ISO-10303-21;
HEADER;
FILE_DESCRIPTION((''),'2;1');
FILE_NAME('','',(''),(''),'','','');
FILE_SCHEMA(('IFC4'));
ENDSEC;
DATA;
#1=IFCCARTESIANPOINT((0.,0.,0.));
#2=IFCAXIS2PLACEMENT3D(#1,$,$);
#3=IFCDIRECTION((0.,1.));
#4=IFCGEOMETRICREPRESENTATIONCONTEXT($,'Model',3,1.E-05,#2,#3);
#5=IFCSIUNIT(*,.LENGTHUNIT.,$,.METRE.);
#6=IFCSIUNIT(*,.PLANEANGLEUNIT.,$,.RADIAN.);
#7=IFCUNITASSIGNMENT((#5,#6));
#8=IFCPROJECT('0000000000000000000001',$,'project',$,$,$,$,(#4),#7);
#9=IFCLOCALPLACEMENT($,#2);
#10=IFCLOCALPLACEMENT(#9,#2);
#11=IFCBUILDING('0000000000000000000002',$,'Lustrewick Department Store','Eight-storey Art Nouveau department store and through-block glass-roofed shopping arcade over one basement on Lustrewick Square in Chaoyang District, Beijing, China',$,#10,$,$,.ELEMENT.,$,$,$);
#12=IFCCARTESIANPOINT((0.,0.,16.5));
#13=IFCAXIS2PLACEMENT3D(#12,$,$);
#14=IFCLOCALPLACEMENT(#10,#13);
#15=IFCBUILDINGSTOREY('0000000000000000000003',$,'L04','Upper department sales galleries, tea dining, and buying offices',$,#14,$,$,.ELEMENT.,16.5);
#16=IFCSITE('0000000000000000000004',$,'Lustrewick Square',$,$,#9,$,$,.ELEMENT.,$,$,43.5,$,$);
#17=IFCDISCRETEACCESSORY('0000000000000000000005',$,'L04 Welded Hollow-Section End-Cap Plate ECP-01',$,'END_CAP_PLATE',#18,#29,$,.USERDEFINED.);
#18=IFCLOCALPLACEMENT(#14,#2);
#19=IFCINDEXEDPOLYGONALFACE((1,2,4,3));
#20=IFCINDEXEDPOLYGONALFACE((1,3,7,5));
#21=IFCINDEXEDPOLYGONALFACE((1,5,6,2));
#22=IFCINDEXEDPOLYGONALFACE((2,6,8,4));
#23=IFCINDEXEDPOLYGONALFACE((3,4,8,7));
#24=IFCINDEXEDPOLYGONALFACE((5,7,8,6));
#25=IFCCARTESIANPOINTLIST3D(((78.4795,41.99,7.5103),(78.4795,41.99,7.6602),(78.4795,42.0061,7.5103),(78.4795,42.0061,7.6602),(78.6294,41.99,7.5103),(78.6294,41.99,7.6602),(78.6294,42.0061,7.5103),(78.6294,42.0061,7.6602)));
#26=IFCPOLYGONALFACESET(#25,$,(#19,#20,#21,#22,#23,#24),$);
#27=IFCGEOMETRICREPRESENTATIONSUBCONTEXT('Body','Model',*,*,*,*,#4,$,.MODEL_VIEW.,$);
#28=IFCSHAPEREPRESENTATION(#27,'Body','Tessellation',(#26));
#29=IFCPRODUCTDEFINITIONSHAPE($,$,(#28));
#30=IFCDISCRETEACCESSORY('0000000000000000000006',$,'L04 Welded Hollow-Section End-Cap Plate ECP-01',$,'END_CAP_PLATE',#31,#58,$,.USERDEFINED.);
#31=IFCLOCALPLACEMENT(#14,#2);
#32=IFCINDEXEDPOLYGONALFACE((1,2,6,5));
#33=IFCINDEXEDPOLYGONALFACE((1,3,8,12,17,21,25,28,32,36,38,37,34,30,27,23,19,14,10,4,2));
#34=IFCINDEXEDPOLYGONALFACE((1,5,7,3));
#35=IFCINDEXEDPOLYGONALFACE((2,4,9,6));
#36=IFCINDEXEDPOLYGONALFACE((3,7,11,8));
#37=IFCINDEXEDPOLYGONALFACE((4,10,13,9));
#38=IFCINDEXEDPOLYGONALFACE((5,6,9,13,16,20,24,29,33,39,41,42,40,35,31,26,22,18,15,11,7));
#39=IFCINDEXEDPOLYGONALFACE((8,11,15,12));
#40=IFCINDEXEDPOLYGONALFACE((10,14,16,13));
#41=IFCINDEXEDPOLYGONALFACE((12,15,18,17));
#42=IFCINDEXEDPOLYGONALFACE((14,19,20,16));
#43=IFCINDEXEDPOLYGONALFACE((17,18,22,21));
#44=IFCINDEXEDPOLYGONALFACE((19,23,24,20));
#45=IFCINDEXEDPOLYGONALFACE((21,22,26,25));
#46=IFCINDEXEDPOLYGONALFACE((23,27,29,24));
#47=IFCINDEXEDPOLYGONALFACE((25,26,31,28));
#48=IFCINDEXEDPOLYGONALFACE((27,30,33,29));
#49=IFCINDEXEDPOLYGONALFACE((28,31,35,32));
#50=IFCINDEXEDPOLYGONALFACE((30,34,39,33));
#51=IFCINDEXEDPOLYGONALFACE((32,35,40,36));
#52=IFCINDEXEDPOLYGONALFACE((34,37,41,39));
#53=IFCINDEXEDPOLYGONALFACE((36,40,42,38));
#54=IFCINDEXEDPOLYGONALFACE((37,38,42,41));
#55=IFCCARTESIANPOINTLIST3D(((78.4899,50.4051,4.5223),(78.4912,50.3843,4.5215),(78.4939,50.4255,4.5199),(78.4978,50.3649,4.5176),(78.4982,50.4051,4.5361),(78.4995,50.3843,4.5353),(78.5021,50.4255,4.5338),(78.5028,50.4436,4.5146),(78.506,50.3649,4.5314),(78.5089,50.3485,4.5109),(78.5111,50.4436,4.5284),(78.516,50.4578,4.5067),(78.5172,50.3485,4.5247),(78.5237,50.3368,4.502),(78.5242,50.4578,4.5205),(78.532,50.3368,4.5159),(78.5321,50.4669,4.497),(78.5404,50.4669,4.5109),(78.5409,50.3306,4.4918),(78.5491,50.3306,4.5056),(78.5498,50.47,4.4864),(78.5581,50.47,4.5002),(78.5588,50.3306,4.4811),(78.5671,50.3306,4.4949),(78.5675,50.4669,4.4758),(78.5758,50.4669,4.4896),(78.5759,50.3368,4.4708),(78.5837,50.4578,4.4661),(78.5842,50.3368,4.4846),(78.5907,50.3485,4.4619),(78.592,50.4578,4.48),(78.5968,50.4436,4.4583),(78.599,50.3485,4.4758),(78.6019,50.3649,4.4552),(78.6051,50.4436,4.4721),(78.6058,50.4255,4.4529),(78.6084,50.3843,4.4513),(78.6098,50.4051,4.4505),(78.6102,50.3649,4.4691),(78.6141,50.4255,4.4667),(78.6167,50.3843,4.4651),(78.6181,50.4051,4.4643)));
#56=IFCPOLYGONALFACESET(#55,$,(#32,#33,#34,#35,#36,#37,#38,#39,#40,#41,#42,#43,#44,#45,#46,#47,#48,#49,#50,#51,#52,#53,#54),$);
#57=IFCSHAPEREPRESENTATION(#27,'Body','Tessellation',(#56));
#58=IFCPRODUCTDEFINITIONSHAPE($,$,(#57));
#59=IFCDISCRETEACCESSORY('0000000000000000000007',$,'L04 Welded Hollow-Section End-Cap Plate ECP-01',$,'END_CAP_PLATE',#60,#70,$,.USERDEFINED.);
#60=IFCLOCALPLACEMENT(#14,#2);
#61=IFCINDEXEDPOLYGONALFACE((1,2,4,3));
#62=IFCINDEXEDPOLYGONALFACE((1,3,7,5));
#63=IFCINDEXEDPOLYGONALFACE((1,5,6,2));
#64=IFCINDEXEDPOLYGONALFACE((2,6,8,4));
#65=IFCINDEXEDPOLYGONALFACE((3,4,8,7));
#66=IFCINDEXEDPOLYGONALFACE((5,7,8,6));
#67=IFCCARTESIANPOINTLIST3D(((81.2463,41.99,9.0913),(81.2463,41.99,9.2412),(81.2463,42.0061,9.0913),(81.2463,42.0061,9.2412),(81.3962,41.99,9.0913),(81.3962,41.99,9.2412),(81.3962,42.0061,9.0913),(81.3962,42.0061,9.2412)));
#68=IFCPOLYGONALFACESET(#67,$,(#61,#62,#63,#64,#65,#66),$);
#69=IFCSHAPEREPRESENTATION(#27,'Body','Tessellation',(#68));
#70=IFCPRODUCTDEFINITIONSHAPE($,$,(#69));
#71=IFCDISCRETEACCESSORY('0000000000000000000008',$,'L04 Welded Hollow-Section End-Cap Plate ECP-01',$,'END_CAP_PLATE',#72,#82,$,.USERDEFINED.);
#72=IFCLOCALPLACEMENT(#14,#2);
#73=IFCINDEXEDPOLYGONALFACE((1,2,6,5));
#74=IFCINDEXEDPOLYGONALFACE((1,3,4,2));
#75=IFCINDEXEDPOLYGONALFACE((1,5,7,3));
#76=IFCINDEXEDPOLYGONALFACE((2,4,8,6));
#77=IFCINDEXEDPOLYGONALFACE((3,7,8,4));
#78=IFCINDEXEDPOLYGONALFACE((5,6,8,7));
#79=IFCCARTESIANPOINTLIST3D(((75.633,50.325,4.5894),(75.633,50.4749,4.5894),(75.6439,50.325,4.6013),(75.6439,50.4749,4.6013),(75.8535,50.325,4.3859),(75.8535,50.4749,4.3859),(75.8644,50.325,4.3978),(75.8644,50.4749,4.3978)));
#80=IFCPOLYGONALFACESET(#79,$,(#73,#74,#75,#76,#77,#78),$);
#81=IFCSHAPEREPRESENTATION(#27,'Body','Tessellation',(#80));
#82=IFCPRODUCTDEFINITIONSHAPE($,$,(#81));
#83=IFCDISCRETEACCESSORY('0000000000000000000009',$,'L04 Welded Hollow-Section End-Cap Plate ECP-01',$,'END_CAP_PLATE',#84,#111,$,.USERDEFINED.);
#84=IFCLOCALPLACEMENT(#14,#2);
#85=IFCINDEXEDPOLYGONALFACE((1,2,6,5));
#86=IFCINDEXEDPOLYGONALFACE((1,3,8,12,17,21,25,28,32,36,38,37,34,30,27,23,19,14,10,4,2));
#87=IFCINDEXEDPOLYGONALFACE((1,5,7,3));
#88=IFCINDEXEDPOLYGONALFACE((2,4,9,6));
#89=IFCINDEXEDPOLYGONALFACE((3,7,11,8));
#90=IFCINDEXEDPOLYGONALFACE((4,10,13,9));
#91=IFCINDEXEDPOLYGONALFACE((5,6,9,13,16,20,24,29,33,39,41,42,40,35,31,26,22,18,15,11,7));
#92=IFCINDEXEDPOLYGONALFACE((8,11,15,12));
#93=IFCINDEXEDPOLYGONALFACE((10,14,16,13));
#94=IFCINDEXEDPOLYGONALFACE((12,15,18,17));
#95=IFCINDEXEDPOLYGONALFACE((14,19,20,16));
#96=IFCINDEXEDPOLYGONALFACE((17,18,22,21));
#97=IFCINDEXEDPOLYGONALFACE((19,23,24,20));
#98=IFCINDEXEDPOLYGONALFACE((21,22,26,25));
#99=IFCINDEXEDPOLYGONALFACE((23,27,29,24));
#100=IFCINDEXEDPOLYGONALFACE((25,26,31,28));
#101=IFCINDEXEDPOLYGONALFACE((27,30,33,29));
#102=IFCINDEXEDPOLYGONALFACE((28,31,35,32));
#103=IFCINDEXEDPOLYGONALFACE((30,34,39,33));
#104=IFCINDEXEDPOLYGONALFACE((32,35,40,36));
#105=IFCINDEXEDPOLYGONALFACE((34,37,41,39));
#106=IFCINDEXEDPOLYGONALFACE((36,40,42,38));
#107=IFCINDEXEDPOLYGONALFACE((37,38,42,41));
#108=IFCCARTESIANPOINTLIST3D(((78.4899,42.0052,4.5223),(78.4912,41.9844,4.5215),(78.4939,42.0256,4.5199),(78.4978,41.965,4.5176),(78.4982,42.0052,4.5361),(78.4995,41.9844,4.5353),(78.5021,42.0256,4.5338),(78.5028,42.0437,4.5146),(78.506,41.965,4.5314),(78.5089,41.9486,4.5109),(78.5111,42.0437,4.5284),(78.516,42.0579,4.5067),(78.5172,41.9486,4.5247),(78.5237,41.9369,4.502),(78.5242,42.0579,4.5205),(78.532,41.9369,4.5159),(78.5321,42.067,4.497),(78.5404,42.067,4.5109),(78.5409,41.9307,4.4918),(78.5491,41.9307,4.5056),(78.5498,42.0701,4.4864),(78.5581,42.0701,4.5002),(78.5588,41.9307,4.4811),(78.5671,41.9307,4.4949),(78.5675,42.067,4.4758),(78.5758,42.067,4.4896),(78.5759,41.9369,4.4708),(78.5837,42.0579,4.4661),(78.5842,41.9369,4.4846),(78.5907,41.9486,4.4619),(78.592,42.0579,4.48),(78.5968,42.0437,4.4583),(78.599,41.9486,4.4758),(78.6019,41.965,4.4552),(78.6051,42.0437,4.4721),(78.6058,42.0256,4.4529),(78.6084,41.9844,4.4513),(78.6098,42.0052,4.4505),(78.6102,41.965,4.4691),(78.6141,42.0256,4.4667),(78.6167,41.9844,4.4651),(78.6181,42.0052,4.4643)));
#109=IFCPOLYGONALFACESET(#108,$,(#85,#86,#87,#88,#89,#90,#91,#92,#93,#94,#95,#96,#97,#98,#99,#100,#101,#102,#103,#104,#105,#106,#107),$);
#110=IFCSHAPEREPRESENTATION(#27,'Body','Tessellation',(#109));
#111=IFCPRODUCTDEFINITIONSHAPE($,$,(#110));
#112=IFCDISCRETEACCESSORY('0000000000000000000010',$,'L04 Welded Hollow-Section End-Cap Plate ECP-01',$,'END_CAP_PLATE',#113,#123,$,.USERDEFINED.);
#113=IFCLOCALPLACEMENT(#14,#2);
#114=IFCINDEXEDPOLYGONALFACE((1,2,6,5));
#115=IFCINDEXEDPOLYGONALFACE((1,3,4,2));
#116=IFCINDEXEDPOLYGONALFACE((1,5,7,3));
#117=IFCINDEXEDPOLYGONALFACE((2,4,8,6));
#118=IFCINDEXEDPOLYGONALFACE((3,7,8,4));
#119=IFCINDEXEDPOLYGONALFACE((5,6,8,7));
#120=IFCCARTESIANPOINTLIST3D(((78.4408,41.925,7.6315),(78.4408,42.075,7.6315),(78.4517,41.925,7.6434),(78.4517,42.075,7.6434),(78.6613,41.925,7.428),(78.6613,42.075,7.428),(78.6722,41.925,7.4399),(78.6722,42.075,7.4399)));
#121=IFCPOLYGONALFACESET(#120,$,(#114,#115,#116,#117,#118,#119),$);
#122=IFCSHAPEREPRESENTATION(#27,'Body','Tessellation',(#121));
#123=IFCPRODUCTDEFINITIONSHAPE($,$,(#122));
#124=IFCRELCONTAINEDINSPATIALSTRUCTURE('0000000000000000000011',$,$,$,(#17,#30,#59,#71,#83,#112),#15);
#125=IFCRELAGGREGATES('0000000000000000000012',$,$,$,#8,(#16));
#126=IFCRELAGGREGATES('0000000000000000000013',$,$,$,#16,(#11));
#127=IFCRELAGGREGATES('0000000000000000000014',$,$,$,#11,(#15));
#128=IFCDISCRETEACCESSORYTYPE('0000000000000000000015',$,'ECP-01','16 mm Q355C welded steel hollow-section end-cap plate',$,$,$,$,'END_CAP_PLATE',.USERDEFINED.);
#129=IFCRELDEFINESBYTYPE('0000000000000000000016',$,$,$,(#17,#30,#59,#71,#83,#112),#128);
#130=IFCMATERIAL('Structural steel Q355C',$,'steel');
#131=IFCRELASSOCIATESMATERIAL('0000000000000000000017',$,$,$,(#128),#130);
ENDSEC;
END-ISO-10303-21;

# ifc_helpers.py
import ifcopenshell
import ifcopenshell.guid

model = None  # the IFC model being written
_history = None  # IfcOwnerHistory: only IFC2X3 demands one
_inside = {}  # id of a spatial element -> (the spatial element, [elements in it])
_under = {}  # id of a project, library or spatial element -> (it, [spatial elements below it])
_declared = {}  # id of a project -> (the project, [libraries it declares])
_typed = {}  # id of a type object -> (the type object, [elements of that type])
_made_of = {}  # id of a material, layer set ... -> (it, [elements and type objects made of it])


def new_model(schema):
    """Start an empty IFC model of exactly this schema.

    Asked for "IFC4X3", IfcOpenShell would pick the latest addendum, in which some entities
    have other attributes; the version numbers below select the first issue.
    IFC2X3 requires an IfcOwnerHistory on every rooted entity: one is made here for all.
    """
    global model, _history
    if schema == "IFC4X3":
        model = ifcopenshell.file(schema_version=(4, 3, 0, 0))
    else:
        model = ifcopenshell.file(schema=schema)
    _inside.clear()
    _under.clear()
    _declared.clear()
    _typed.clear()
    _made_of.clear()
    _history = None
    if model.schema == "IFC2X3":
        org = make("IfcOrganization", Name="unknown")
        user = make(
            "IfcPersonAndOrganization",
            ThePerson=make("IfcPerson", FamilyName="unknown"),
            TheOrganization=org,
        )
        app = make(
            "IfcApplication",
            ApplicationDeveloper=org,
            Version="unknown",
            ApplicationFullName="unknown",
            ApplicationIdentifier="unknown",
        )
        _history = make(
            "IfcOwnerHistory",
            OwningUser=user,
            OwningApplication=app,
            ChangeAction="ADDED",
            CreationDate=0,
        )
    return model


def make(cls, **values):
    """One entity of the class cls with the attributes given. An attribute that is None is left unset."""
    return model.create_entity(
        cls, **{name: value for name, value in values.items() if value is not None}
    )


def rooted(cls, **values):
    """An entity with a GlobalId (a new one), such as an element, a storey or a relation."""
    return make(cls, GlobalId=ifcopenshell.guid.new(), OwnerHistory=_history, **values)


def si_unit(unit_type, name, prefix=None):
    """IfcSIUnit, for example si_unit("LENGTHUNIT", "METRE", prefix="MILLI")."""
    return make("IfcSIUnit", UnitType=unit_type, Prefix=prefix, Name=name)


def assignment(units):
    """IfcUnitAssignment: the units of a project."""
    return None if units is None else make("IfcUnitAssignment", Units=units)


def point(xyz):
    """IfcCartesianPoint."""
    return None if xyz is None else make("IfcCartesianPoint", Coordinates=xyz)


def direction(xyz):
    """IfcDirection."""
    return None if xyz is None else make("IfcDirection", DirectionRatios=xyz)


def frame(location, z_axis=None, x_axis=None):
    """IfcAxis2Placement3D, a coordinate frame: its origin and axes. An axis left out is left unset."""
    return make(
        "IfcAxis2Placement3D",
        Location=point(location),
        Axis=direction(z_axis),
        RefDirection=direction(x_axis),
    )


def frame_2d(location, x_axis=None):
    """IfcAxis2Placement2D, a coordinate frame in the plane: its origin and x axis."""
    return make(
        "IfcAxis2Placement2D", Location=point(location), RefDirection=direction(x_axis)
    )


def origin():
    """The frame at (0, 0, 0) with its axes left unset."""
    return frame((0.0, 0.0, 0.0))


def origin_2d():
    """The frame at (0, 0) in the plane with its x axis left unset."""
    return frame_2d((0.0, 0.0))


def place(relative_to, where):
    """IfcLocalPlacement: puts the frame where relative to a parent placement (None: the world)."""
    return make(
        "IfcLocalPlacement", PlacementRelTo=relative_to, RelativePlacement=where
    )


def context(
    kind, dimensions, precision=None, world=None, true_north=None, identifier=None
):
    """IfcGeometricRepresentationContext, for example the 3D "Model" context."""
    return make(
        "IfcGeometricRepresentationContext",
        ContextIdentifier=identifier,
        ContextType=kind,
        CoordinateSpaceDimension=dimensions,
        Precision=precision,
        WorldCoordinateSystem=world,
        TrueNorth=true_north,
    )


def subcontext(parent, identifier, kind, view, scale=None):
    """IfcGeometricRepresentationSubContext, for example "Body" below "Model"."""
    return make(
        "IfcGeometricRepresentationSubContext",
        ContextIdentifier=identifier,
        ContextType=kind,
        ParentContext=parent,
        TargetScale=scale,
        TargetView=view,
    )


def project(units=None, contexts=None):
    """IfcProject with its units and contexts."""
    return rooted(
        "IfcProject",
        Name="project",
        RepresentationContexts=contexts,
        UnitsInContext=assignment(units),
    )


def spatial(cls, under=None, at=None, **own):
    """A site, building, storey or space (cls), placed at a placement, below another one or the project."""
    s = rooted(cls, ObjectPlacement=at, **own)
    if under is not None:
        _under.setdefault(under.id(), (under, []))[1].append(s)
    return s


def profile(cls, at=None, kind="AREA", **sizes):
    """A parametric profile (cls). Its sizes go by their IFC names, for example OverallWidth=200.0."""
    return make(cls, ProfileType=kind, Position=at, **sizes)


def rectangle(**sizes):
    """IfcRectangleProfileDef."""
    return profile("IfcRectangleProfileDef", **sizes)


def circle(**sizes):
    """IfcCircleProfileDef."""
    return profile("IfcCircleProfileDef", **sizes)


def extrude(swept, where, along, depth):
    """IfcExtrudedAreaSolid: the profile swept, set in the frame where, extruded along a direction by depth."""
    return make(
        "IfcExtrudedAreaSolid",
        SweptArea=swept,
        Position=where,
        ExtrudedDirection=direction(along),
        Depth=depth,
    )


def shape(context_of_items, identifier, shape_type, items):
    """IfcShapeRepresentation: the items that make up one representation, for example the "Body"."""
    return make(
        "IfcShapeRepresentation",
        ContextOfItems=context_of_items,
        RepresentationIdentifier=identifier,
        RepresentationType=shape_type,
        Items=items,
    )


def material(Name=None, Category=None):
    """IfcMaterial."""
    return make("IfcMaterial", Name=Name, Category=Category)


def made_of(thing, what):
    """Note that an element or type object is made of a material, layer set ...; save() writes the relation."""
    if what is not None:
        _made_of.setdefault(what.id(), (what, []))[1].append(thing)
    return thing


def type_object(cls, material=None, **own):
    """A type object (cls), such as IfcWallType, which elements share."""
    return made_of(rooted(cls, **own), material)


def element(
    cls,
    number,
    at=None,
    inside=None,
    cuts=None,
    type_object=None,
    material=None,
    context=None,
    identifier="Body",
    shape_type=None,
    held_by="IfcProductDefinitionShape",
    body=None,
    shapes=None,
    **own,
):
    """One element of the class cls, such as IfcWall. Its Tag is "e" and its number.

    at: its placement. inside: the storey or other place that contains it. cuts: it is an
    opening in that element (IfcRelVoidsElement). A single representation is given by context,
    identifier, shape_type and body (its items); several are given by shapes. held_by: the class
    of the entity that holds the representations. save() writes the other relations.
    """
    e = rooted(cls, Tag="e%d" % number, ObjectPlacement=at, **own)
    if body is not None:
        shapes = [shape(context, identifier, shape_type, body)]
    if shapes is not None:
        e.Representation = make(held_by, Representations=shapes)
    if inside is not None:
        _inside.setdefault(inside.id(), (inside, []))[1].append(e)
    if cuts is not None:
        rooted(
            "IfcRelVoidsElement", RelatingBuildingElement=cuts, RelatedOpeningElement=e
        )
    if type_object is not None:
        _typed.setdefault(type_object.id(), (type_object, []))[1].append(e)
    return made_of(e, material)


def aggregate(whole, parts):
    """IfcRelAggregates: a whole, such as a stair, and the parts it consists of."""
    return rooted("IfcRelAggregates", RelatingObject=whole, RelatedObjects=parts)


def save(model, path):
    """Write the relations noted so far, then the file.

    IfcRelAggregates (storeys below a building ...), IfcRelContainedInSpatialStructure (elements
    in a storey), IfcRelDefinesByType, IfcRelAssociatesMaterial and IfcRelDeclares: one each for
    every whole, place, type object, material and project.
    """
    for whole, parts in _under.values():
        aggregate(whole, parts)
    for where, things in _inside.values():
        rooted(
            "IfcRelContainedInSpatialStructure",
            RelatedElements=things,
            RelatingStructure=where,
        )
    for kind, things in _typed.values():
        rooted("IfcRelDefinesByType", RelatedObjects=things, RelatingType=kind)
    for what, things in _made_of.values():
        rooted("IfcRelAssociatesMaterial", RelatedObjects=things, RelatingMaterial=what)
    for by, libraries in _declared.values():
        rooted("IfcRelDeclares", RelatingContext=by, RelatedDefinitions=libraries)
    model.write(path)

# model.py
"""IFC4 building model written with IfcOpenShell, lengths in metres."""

from ifc_helpers import new_model, si_unit, direction, frame, origin, origin_2d, place, context, subcontext, project, spatial, rectangle, circle, extrude, material, type_object, element, save


model = new_model("IFC4")

# Units and contexts
model_context = context("Model", 3, precision=1e-05, world=origin(), true_north=direction((0.0, 1.0)))
body_context = subcontext(model_context, "Body", "Model", "MODEL_VIEW")
ifc_project = project(units=[si_unit("LENGTHUNIT", "METRE"), si_unit("PLANEANGLEUNIT", "RADIAN")], contexts=[model_context])

# Site, building, storey
site_placement = place(None, origin())
site = spatial("IfcSite", under=ifc_project, at=site_placement, Name="Lustrewick Square", CompositionType="ELEMENT", RefElevation=43.5)
building_placement = place(site_placement, origin())
building = spatial("IfcBuilding", under=site, at=building_placement, Name="Lustrewick Department Store", Description="Eight-storey Art Nouveau department store and through-block glass-roofed shopping arcade over one basement on Lustrewick Square in Chaoyang District, Beijing, China", CompositionType="ELEMENT")
storey_placement = place(building_placement, frame((0.0, 0.0, 16.5)))
storey = spatial("IfcBuildingStorey", under=building, at=storey_placement, Name="L04", Description="Upper department sales galleries, tea dining, and buying offices", CompositionType="ELEMENT", Elevation=16.5)

# Shared definitions
ifc_material_1 = material(Name="Structural steel Q355C", Category="steel")

# Discrete accessories
discrete_accessory_type = type_object("IfcDiscreteAccessoryType", Name="ECP-01", Description="16 mm Q355C welded steel hollow-section end-cap plate", ElementType="END_CAP_PLATE", PredefinedType="USERDEFINED", material=ifc_material_1)
discrete_accessory_1_placement = place(storey_placement, frame((78.5544, 42.0061, 7.5852), z_axis=(0.0, -1.0, 0.0), x_axis=(-1.0, 0.0, 0.0)))
element("IfcDiscreteAccessory", 1, at=discrete_accessory_1_placement, inside=storey, type_object=discrete_accessory_type, Name="L04 Welded Hollow-Section End-Cap Plate ECP-01", ObjectType="END_CAP_PLATE", PredefinedType="USERDEFINED", context=body_context, shape_type="SweptSolid", body=[
    extrude(rectangle(XDim=0.1499, YDim=0.1499, at=origin_2d()), origin(), (0.0, 0.0, 1.0), 0.0161),
])
discrete_accessory_2_placement = place(storey_placement, frame((78.5581, 50.3999, 4.5002), z_axis=(-0.513782, 0.0, -0.857921), x_axis=(0.0, 1.0, 0.0)))
element("IfcDiscreteAccessory", 2, at=discrete_accessory_2_placement, inside=storey, type_object=discrete_accessory_type, Name="L04 Welded Hollow-Section End-Cap Plate ECP-01", ObjectType="END_CAP_PLATE", PredefinedType="USERDEFINED", context=body_context, shape_type="SweptSolid", body=[
    extrude(circle(Radius=0.0701, at=origin_2d()), origin(), (0.0, 0.0, 1.0), 0.0161),
])
discrete_accessory_3_placement = place(storey_placement, frame((81.3213, 42.0061, 9.1663), z_axis=(0.0, -1.0, 0.0), x_axis=(-1.0, 0.0, 0.0)))
element("IfcDiscreteAccessory", 3, at=discrete_accessory_3_placement, inside=storey, type_object=discrete_accessory_type, Name="L04 Welded Hollow-Section End-Cap Plate ECP-01", ObjectType="END_CAP_PLATE", PredefinedType="USERDEFINED", context=body_context, shape_type="SweptSolid", body=[
    extrude(rectangle(XDim=0.1499, YDim=0.1499, at=origin_2d()), origin(), (0.0, 0.0, 1.0), 0.0161),
])
discrete_accessory_4_placement = place(storey_placement, frame((75.7542, 50.3999, 4.4995), z_axis=(-0.678234, 0.0, -0.734846), x_axis=(0.0, 1.0, 0.0)))
element("IfcDiscreteAccessory", 4, at=discrete_accessory_4_placement, inside=storey, type_object=discrete_accessory_type, Name="L04 Welded Hollow-Section End-Cap Plate ECP-01", ObjectType="END_CAP_PLATE", PredefinedType="USERDEFINED", context=body_context, shape_type="SweptSolid", body=[
    extrude(rectangle(XDim=0.1499, YDim=0.3, at=origin_2d()), origin(), (0.0, 0.0, 1.0), 0.0161),
])
discrete_accessory_5_placement = place(storey_placement, frame((78.5581, 42.0, 4.5002), z_axis=(-0.513782, 0.0, -0.857921), x_axis=(0.0, 1.0, 0.0)))
element("IfcDiscreteAccessory", 5, at=discrete_accessory_5_placement, inside=storey, type_object=discrete_accessory_type, Name="L04 Welded Hollow-Section End-Cap Plate ECP-01", ObjectType="END_CAP_PLATE", PredefinedType="USERDEFINED", context=body_context, shape_type="SweptSolid", body=[
    extrude(circle(Radius=0.0701, at=origin_2d()), origin(), (0.0, 0.0, 1.0), 0.0161),
])
discrete_accessory_6_placement = place(storey_placement, frame((78.551, 42.0, 7.5298), z_axis=(0.678234, 0.0, 0.734846), x_axis=(0.0, 1.0, 0.0)))
element("IfcDiscreteAccessory", 6, at=discrete_accessory_6_placement, inside=storey, type_object=discrete_accessory_type, Name="L04 Welded Hollow-Section End-Cap Plate ECP-01", ObjectType="END_CAP_PLATE", PredefinedType="USERDEFINED", context=body_context, shape_type="SweptSolid", body=[
    extrude(rectangle(XDim=0.1499, YDim=0.3, at=origin_2d()), origin(), (0.0, 0.0, 1.0), 0.0161),
])

save(model, "model.ifc")
